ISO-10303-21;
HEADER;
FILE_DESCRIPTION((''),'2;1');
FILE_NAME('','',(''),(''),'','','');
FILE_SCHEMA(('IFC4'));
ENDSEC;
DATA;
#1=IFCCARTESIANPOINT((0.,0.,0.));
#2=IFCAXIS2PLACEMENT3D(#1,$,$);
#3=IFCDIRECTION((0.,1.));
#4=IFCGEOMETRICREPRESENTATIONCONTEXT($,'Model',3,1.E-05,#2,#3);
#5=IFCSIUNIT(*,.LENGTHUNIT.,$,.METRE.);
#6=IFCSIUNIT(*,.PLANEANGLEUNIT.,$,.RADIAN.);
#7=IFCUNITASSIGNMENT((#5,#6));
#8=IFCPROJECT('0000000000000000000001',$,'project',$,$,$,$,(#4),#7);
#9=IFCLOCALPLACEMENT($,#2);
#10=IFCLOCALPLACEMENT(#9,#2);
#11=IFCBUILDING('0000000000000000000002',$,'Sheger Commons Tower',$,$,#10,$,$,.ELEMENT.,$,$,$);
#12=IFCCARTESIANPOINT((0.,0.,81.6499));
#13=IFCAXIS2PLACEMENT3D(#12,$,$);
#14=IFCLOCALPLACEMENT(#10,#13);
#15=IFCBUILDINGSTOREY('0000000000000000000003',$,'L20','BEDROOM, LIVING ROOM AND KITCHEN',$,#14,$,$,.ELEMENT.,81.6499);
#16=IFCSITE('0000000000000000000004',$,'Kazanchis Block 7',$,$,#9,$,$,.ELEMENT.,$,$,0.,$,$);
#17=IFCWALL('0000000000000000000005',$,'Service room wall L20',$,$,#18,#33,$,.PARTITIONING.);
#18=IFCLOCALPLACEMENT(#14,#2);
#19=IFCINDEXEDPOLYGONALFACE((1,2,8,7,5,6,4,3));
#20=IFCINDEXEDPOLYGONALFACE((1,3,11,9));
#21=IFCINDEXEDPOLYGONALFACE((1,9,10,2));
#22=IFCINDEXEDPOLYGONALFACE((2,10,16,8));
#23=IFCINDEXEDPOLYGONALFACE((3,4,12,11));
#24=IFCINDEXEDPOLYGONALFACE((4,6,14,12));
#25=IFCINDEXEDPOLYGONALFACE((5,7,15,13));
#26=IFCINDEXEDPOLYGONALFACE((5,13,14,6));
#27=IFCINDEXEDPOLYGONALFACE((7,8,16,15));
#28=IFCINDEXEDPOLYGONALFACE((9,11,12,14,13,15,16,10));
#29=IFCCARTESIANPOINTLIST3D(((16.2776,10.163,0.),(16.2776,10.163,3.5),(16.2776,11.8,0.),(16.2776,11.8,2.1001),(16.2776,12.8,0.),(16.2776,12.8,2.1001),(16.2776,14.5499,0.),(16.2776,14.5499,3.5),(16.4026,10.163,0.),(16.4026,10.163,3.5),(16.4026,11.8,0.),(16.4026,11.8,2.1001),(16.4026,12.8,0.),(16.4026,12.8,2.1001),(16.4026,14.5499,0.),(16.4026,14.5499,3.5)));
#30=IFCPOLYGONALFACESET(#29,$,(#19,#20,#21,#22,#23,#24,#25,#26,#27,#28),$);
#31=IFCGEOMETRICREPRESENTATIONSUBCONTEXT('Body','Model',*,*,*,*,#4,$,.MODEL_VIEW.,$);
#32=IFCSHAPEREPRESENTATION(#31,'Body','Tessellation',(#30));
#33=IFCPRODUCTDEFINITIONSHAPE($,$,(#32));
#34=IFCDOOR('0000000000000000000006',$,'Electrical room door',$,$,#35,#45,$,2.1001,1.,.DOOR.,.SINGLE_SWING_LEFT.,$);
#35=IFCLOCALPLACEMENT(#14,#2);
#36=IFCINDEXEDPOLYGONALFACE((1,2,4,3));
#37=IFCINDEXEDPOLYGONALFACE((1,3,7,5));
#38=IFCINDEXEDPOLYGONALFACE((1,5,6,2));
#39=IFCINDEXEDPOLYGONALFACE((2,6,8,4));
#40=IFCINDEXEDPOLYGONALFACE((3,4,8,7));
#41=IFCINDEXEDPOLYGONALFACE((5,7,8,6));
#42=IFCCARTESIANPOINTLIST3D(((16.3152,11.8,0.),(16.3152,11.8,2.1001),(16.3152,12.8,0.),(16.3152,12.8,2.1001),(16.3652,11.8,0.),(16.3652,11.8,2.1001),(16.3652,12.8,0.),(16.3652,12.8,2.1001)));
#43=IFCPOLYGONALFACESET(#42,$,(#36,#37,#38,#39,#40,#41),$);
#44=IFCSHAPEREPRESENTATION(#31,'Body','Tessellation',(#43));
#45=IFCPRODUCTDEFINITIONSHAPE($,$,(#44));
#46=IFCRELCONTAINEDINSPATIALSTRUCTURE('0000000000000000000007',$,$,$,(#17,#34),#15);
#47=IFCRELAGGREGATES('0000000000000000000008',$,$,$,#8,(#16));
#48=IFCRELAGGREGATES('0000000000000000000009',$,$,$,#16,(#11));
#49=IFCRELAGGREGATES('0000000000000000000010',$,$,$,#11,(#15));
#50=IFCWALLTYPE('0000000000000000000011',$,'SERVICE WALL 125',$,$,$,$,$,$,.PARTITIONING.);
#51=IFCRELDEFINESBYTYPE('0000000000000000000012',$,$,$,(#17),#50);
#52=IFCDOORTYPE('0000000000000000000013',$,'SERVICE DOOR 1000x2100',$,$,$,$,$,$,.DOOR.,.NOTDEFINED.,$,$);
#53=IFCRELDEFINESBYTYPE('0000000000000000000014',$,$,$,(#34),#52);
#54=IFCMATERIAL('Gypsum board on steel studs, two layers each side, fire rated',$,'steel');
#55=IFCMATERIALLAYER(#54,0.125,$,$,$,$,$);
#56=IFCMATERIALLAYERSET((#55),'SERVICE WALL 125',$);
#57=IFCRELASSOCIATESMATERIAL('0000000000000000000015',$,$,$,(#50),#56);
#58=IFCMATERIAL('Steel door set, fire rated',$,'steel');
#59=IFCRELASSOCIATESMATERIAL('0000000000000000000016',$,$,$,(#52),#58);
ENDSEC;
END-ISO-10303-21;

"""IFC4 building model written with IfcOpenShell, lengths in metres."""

from ifc_helpers import new_model, si_unit, direction, frame, frame_2d, origin, place, context, subcontext, project, spatial, rectangle, extrude, material, layer, layer_set, type_object, element, fill, save


model = new_model("IFC4")

# Units and contexts
model_context = context("Model", 3, precision=1e-05, world=origin(), true_north=direction((0.0, 1.0)))
body_context = subcontext(model_context, "Body", "Model", "MODEL_VIEW")
ifc_project = project(units=[si_unit("LENGTHUNIT", "METRE"), si_unit("PLANEANGLEUNIT", "RADIAN")], contexts=[model_context])

# Site, building, storey
site_placement = place(None, origin())
site = spatial("IfcSite", under=ifc_project, at=site_placement, Name="Kazanchis Block 7", CompositionType="ELEMENT", RefElevation=0.0)
building_placement = place(site_placement, origin())
building = spatial("IfcBuilding", under=site, at=building_placement, Name="Sheger Commons Tower", CompositionType="ELEMENT")
storey_placement = place(building_placement, frame((0.0, 0.0, 81.6499)))
storey = spatial("IfcBuildingStorey", under=building, at=storey_placement, Name="L20", Description="BEDROOM, LIVING ROOM AND KITCHEN", CompositionType="ELEMENT", Elevation=81.6499)

# Shared definitions
ifc_material_1 = material(Name="Gypsum board on steel studs, two layers each side, fire rated", Category="steel")
ifc_layer_1 = layer(ifc_material_1, 0.125)
ifc_layer_set_1 = layer_set([ifc_layer_1], Name="SERVICE WALL 125")
wall_type_1 = type_object("IfcWallType", Name="SERVICE WALL 125", PredefinedType="PARTITIONING", material=ifc_layer_set_1)
ifc_material_2 = material(Name="Steel door set, fire rated", Category="steel")
door_type_1 = type_object("IfcDoorType", Name="SERVICE DOOR 1000x2100", OperationType="NOTDEFINED", PredefinedType="DOOR", material=ifc_material_2)

# Wall, opening, door
wall_1_placement = place(storey_placement, frame((16.3401, 10.1631, 0.0), z_axis=(0.0, 0.0, 1.0), x_axis=(0.0, 1.0, 0.0)))
wall_1 = element("IfcWall", 1, at=wall_1_placement, inside=storey, type_object=wall_type_1, Name="Service room wall L20", PredefinedType="PARTITIONING", context=body_context, shape_type="SweptSolid", body=[
    extrude(rectangle(XDim=4.387, YDim=0.125, at=frame_2d((2.1934, 0.0))), origin(), (0.0, 0.0, 1.0), 3.5),
])
opening_1_placement = place(wall_1_placement, frame((1.637, 0.0, 0.0)))
opening_1 = element("IfcOpeningElement", 2, at=opening_1_placement, cuts=wall_1, PredefinedType="OPENING", context=body_context, shape_type="SweptSolid", body=[
    extrude(rectangle(XDim=1.0, YDim=2.1001, at=frame_2d((0.5, 1.05))), frame((0.0, 0.0725, 0.0), z_axis=(0.0, -1.0, 0.0), x_axis=(1.0, 0.0, 0.0)), (0.0, 0.0, 1.0), 0.145),
])
door_1_placement = place(opening_1_placement, origin())
door_1 = element("IfcDoor", 3, at=door_1_placement, inside=storey, type_object=door_type_1, Name="Electrical room door", OperationType="SINGLE_SWING_LEFT", OverallHeight=2.1001, OverallWidth=1.0, PredefinedType="DOOR", context=body_context, shape_type="SweptSolid", body=[
    extrude(rectangle(XDim=1.0, YDim=2.1001, at=frame_2d((0.5, 1.05))), frame((0.0, 0.0249, 0.0), z_axis=(0.0, -1.0, 0.0), x_axis=(1.0, 0.0, 0.0)), (0.0, 0.0, 1.0), 0.05),
])
fill(opening_1, door_1)

save(model, "model.ifc")
